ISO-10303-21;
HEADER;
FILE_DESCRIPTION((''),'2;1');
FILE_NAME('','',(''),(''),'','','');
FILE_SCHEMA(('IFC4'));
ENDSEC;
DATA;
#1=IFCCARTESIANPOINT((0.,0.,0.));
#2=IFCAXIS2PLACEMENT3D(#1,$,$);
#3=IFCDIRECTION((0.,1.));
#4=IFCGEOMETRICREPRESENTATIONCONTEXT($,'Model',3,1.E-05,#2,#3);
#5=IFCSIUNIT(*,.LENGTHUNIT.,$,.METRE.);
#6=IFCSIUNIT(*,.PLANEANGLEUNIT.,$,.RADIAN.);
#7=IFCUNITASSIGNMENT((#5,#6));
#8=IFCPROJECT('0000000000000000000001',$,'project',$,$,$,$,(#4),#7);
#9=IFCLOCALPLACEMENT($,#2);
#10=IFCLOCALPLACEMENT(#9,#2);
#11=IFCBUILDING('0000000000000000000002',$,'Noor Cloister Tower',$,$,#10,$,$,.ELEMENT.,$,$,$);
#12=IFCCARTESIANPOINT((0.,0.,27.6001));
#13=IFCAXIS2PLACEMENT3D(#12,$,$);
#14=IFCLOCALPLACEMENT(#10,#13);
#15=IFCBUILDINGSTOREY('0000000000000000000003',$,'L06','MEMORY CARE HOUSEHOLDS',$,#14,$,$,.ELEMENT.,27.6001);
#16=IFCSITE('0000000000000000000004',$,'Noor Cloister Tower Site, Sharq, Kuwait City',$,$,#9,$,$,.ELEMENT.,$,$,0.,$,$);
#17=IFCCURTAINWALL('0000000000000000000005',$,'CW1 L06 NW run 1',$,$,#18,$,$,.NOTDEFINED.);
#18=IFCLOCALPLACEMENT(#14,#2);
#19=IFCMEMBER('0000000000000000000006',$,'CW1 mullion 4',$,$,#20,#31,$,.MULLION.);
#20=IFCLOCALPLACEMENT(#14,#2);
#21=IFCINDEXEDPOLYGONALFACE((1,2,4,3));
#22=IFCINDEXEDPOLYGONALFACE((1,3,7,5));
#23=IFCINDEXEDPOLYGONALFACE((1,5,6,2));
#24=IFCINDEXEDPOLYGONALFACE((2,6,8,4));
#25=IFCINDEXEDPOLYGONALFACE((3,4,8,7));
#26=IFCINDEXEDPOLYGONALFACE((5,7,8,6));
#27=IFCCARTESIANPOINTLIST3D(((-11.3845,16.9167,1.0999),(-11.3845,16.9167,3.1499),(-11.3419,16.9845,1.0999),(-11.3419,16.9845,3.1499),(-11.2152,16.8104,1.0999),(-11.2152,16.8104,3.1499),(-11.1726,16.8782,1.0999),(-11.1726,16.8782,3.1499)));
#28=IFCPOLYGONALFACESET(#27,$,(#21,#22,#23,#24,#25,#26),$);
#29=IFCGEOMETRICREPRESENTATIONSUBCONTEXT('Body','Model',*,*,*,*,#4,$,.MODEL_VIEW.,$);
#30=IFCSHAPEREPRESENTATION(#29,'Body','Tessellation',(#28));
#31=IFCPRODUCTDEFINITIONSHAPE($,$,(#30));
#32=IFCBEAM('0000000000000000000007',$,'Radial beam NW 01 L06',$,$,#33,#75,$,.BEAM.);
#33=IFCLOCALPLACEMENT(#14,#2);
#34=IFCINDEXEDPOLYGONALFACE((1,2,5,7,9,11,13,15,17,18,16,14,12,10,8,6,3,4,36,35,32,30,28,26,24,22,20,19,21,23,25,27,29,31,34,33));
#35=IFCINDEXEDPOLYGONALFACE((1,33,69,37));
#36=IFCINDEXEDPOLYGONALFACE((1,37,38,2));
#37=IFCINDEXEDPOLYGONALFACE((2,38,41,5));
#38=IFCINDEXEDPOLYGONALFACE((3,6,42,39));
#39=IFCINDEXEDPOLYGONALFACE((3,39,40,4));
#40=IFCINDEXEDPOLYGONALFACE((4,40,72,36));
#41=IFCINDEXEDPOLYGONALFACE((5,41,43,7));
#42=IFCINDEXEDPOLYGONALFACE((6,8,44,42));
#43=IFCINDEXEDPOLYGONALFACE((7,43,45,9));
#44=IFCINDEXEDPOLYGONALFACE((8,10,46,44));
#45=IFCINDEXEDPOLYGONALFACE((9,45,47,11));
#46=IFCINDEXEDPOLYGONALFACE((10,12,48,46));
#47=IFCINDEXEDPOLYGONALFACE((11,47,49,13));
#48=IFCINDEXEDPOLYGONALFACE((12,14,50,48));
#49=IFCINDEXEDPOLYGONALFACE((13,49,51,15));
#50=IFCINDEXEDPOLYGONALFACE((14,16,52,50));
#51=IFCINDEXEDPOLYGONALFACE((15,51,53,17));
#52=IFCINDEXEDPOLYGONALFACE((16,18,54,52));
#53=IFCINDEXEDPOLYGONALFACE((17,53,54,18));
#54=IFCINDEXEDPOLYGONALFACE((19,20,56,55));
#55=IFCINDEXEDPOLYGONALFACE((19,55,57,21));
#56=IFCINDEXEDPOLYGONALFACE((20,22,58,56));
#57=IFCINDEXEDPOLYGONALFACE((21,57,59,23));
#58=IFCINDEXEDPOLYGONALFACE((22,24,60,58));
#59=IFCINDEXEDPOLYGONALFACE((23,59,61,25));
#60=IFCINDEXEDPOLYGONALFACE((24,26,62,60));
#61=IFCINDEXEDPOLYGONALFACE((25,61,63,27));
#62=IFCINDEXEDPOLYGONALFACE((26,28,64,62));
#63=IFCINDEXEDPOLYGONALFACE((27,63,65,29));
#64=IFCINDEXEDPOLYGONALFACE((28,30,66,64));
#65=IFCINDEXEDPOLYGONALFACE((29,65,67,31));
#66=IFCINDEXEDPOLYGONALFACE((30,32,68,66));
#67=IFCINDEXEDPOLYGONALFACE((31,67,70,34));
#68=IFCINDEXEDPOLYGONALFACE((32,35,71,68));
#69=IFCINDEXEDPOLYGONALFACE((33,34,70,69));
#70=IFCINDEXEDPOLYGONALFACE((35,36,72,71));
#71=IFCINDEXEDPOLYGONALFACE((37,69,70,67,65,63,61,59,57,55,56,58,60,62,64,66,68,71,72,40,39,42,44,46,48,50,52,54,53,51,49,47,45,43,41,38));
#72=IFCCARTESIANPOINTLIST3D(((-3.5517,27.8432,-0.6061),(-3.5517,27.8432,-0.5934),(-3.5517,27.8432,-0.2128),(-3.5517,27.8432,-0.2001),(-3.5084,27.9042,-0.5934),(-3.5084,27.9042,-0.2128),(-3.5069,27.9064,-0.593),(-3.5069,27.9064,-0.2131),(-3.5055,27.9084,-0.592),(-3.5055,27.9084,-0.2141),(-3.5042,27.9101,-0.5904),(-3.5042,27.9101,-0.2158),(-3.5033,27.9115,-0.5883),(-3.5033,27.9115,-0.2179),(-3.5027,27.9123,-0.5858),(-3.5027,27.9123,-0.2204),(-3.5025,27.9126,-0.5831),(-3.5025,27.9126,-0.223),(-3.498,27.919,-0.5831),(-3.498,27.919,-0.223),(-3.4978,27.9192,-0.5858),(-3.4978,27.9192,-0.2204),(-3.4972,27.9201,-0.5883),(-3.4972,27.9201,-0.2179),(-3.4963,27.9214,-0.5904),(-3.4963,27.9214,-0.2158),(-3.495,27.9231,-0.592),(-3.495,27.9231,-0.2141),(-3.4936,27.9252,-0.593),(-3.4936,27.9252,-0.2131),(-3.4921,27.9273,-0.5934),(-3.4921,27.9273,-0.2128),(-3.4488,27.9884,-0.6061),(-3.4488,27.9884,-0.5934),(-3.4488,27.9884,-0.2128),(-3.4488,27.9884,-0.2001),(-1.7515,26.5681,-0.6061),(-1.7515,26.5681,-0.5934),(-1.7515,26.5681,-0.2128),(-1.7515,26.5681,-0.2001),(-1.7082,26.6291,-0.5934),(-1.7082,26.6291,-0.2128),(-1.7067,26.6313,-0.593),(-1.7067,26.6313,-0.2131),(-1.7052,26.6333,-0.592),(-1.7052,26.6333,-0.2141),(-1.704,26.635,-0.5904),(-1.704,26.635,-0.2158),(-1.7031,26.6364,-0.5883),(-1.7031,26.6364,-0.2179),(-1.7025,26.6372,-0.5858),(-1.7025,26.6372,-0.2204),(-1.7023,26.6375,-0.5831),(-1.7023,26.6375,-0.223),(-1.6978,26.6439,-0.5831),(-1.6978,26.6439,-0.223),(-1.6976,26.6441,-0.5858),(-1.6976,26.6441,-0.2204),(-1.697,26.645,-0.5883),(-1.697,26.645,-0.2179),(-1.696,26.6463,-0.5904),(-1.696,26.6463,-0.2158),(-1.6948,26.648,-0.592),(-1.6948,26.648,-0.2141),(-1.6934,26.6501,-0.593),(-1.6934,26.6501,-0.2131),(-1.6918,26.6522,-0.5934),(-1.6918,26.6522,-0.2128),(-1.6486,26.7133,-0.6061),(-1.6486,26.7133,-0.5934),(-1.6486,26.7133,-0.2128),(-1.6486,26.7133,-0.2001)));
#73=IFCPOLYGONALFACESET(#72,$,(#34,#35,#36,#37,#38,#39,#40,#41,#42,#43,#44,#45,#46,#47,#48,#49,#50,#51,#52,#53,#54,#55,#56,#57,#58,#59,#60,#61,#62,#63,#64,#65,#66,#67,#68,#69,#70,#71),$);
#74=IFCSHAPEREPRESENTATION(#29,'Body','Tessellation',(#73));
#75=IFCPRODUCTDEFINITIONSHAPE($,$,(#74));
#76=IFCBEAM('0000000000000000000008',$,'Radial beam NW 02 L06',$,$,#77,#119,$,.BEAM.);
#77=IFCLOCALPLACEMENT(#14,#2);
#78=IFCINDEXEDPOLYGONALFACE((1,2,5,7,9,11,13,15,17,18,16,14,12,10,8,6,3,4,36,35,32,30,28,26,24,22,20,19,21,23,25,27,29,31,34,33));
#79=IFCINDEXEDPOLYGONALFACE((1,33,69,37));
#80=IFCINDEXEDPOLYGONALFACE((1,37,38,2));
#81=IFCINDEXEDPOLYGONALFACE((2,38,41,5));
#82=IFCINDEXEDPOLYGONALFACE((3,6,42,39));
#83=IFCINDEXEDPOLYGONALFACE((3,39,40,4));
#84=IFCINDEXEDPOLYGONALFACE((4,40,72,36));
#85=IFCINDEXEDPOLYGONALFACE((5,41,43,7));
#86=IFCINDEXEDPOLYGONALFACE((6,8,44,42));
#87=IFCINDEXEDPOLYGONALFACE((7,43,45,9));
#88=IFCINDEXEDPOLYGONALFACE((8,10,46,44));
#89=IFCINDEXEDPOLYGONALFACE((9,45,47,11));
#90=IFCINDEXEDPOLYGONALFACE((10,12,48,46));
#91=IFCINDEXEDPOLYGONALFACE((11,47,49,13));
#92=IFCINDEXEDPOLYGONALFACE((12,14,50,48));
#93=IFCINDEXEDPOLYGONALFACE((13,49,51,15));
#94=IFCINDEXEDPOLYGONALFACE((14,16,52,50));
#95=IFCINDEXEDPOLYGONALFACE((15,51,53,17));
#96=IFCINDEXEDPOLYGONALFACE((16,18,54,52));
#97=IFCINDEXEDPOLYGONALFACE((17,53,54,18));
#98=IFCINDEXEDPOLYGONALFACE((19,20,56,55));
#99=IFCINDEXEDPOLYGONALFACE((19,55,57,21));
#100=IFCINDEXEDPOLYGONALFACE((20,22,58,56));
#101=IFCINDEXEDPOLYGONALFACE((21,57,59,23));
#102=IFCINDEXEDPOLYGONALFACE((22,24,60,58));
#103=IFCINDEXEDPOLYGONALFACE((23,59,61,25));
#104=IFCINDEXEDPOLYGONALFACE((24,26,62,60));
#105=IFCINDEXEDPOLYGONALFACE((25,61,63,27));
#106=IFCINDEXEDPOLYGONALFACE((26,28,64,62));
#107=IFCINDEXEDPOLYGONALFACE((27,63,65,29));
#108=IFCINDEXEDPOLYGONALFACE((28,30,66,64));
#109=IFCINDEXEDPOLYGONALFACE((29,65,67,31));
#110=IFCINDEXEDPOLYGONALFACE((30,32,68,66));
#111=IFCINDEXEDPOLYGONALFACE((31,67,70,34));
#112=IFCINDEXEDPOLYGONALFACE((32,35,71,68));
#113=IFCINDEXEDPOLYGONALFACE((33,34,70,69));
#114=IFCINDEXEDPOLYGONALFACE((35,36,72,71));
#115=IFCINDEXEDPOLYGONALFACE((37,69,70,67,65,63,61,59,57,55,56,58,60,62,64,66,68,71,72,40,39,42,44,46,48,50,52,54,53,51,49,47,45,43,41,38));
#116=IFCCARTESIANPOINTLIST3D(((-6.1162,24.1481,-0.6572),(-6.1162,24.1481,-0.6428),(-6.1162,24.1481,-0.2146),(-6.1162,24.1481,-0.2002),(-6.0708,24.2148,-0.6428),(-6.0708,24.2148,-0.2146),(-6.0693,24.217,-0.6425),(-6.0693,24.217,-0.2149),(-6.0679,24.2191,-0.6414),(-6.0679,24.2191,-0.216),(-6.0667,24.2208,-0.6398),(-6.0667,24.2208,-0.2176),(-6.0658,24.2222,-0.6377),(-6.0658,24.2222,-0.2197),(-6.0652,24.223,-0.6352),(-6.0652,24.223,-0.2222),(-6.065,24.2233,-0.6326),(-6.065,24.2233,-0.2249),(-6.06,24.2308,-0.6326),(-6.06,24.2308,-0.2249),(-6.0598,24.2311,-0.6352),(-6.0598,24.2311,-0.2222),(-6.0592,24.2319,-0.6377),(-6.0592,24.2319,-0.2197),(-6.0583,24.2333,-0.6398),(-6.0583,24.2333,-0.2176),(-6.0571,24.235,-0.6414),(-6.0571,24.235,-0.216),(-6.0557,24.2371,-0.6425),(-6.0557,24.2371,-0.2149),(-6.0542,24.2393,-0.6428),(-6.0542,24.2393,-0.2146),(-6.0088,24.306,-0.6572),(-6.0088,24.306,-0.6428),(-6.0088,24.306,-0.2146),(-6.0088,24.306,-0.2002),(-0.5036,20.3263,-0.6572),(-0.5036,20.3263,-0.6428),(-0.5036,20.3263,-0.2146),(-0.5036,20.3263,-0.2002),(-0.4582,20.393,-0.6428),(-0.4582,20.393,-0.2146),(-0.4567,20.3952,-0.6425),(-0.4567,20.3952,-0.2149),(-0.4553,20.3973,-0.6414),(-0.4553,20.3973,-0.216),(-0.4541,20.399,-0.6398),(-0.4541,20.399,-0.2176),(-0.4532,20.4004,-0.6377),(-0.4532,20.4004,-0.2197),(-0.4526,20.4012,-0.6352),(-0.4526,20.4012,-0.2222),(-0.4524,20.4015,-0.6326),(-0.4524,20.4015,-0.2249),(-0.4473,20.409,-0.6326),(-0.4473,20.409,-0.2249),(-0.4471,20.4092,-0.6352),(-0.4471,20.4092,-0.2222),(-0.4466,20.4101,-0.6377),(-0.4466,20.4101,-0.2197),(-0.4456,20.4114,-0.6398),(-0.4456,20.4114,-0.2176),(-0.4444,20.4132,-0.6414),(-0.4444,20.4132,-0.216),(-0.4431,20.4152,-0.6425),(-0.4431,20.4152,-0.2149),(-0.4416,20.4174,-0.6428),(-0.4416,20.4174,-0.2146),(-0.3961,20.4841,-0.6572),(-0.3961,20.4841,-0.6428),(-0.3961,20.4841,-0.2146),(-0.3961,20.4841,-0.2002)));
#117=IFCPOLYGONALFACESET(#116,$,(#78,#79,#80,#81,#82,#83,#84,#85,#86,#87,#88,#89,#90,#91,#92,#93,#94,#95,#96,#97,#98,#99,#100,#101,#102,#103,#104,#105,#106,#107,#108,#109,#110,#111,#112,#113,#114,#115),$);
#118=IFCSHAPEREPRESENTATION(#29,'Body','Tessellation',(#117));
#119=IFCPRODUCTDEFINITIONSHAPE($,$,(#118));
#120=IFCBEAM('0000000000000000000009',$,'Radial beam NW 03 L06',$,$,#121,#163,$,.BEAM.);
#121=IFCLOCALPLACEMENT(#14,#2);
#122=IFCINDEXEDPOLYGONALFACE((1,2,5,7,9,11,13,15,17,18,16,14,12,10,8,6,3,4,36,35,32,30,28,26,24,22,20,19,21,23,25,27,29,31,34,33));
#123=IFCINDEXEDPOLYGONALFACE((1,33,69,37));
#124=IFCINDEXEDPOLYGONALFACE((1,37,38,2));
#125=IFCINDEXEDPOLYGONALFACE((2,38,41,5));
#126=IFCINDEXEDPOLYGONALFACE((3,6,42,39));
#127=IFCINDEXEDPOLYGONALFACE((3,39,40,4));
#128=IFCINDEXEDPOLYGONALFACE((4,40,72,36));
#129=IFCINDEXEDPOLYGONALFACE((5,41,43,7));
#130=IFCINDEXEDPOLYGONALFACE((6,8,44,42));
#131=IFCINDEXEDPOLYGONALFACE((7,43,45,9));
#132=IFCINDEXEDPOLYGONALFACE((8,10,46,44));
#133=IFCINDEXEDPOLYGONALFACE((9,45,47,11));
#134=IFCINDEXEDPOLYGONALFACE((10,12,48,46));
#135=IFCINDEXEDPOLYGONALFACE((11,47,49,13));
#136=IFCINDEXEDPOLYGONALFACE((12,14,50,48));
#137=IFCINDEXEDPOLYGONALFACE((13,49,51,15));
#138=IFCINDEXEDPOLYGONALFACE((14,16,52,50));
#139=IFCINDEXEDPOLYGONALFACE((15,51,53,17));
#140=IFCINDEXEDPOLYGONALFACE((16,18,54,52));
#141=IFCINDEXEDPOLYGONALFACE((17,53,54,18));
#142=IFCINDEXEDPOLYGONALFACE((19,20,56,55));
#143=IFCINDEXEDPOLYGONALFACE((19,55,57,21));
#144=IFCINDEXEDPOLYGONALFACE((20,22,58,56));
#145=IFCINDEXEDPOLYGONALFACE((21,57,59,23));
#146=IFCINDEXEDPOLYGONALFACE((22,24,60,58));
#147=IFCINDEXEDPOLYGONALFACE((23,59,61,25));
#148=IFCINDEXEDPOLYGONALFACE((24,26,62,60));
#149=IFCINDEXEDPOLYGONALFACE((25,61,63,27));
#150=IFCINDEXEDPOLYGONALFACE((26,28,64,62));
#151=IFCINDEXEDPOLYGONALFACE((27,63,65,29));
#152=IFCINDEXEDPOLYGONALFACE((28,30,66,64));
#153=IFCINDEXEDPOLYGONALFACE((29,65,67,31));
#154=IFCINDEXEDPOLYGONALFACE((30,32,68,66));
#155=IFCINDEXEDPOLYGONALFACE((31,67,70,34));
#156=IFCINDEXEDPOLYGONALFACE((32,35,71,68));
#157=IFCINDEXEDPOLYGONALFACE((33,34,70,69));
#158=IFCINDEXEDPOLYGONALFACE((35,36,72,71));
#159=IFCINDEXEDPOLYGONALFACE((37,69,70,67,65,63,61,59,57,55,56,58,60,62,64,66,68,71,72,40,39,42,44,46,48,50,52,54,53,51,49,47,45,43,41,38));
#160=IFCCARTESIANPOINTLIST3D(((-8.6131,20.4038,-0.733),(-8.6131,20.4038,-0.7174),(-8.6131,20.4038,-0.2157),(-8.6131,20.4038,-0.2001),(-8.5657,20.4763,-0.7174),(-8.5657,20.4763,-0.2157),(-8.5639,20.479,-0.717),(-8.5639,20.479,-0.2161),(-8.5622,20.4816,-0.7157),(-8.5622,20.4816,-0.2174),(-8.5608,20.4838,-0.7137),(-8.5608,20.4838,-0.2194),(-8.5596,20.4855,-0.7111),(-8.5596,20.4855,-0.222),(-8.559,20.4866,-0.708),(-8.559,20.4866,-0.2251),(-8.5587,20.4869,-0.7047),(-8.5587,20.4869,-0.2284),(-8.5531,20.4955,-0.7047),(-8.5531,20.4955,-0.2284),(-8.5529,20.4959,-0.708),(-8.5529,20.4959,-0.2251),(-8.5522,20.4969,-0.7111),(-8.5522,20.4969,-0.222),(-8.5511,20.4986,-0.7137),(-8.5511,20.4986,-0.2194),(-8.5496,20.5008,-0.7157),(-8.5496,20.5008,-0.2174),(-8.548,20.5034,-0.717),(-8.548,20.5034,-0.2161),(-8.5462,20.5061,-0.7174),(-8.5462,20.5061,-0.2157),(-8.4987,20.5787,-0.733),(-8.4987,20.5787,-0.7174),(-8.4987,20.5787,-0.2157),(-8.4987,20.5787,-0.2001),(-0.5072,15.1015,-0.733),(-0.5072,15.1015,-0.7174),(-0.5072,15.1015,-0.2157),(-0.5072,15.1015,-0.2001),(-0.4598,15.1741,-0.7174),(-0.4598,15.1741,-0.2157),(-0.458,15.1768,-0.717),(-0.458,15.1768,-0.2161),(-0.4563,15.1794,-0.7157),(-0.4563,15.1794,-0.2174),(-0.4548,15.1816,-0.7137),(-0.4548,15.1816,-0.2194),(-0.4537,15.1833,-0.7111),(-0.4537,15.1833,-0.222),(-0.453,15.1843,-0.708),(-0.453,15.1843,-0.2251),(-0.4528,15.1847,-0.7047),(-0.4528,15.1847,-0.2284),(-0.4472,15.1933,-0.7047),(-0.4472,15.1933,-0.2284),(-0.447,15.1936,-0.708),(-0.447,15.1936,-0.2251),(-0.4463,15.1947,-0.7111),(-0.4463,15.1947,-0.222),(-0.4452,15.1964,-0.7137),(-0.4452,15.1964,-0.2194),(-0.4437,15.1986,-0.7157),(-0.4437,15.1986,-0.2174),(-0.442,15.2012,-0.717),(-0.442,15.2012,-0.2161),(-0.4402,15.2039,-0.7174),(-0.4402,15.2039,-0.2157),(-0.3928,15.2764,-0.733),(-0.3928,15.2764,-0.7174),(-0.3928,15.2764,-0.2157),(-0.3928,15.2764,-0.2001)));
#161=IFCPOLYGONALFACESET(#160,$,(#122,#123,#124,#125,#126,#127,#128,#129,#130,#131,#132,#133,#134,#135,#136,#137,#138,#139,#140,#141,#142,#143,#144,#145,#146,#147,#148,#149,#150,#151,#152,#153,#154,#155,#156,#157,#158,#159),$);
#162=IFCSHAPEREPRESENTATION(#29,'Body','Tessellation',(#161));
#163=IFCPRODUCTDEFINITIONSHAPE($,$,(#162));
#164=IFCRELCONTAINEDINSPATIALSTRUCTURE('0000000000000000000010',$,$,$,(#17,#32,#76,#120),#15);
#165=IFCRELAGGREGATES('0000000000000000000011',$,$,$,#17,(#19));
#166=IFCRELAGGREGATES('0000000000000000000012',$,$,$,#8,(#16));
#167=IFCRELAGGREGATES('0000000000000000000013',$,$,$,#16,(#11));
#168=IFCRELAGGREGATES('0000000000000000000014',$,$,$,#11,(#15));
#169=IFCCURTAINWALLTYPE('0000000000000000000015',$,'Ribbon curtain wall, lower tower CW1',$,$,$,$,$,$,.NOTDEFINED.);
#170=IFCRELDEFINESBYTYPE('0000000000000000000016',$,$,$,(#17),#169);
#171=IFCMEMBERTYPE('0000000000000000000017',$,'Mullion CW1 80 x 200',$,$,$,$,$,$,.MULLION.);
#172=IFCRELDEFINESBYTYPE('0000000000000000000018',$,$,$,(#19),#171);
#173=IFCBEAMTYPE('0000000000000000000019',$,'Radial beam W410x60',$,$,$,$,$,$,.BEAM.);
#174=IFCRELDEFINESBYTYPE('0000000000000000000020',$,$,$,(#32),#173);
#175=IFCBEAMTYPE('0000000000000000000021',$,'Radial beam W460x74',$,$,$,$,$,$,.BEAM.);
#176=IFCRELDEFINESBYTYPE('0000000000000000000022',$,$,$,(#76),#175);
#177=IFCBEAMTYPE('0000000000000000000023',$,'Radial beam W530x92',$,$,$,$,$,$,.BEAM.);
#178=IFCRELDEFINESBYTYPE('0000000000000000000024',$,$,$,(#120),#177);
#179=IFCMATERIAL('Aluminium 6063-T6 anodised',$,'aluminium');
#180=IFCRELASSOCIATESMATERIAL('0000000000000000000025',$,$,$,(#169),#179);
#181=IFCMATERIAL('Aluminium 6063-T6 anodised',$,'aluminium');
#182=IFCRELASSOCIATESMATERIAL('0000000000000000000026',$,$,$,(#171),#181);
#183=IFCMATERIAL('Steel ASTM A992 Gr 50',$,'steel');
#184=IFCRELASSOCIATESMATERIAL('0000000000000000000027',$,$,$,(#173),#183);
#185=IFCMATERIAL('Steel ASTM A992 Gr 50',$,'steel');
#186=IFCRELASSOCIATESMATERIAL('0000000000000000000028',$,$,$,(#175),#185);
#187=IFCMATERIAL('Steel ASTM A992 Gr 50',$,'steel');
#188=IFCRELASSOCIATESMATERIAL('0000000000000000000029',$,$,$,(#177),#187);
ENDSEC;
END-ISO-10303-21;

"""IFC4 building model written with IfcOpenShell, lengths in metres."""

from ifc_helpers import new_model, si_unit, direction, frame, origin, origin_2d, place, context, subcontext, project, spatial, rectangle, i_section, extrude, material, material_profile, profile_set, type_object, element, aggregate, save


model = new_model("IFC4")

# Units and contexts
model_context = context("Model", 3, precision=1e-05, world=origin(), true_north=direction((0.0, 1.0)))
body_context = subcontext(model_context, "Body", "Model", "MODEL_VIEW")
ifc_project = project(units=[si_unit("LENGTHUNIT", "METRE"), si_unit("PLANEANGLEUNIT", "RADIAN")], contexts=[model_context])

# Site, building, storey
site_placement = place(None, origin())
site = spatial("IfcSite", under=ifc_project, at=site_placement, Name="Noor Cloister Tower Site, Sharq, Kuwait City", CompositionType="ELEMENT", RefElevation=0.0)
building_placement = place(site_placement, origin())
building = spatial("IfcBuilding", under=site, at=building_placement, Name="Noor Cloister Tower", CompositionType="ELEMENT")
storey_placement = place(building_placement, frame((0.0, 0.0, 27.6001)))
storey = spatial("IfcBuildingStorey", under=building, at=storey_placement, Name="L06", Description="MEMORY CARE HOUSEHOLDS", CompositionType="ELEMENT", Elevation=27.6001)

# Curtain wall, member
ifc_material_1 = material(Name="Aluminium 6063-T6 anodised", Category="aluminium")
curtain_wall_type = type_object("IfcCurtainWallType", Name="Ribbon curtain wall, lower tower CW1", PredefinedType="NOTDEFINED", material=ifc_material_1)
curtain_wall_placement = place(storey_placement, origin())
curtain_wall = element("IfcCurtainWall", 1, at=curtain_wall_placement, inside=storey, type_object=curtain_wall_type, Name="CW1 L06 NW run 1", PredefinedType="NOTDEFINED")
ifc_material_2 = material(Name="Aluminium 6063-T6 anodised", Category="aluminium")
ifc_material_profile_1 = material_profile(ifc_material_2, rectangle(XDim=0.2, YDim=0.0801, at=origin_2d()), Name="200 x 80 mullion")
ifc_profile_set_1 = profile_set([ifc_material_profile_1], Name="Aluminium 6063-T6 anodised")
member_type = type_object("IfcMemberType", Name="Mullion CW1 80 x 200", PredefinedType="MULLION", material=ifc_profile_set_1)
member_1_placement = place(storey_placement, frame((-11.2786, 16.8975, 1.0999), z_axis=(0.0, 0.0, 1.0), x_axis=(0.84688, -0.531785, 0.0)))
member_1 = element("IfcMember", 2, at=member_1_placement, type_object=member_type, Name="CW1 mullion 4", PredefinedType="MULLION", context=body_context, shape_type="SweptSolid", body=[
    extrude(rectangle(XDim=0.2, YDim=0.0801, at=origin_2d()), origin(), (0.0, 0.0, 1.0), 2.05),
])

# Beams
ifc_material_3 = material(Name="Steel ASTM A992 Gr 50", Category="steel")
ifc_material_profile_2 = material_profile(ifc_material_3, i_section(OverallWidth=0.178, OverallDepth=0.406, WebThickness=0.0078, FlangeThickness=0.0127, FilletRadius=0.0103, at=origin_2d()), Name="W410x60")
ifc_profile_set_2 = profile_set([ifc_material_profile_2], Name="Steel ASTM A992 Gr 50")
beam_type_1 = type_object("IfcBeamType", Name="Radial beam W410x60", PredefinedType="BEAM", material=ifc_profile_set_2)
beam_1_placement = place(storey_placement, frame((-3.5002, 27.9158, -0.4031), z_axis=(0.816038, -0.577999, 0.0), x_axis=(0.577999, 0.816038, 0.0)))
element("IfcBeam", 3, at=beam_1_placement, inside=storey, type_object=beam_type_1, Name="Radial beam NW 01 L06", PredefinedType="BEAM", context=body_context, shape_type="SweptSolid", body=[
    extrude(i_section(OverallWidth=0.178, OverallDepth=0.406, WebThickness=0.0078, FlangeThickness=0.0127, FilletRadius=0.0103, at=origin_2d()), origin(), (0.0, 0.0, 1.0), 2.2061),
])
ifc_material_4 = material(Name="Steel ASTM A992 Gr 50", Category="steel")
ifc_material_profile_3 = material_profile(ifc_material_4, i_section(OverallWidth=0.1909, OverallDepth=0.457, WebThickness=0.009, FlangeThickness=0.0144, FilletRadius=0.0103, at=origin_2d()), Name="W460x74")
ifc_profile_set_3 = profile_set([ifc_material_profile_3], Name="Steel ASTM A992 Gr 50")
beam_type_2 = type_object("IfcBeamType", Name="Radial beam W460x74", PredefinedType="BEAM", material=ifc_profile_set_3)
beam_2_placement = place(storey_placement, frame((-6.0625, 24.2271, -0.4287), z_axis=(0.826567, -0.562838, 0.0), x_axis=(0.562838, 0.826567, 0.0)))
element("IfcBeam", 4, at=beam_2_placement, inside=storey, type_object=beam_type_2, Name="Radial beam NW 02 L06", PredefinedType="BEAM", context=body_context, shape_type="SweptSolid", body=[
    extrude(i_section(OverallWidth=0.1909, OverallDepth=0.457, WebThickness=0.009, FlangeThickness=0.0144, FilletRadius=0.0103, at=origin_2d()), origin(), (0.0, 0.0, 1.0), 6.7903),
])
ifc_material_5 = material(Name="Steel ASTM A992 Gr 50", Category="steel")
ifc_material_profile_4 = material_profile(ifc_material_5, i_section(OverallWidth=0.209, OverallDepth=0.533, WebThickness=0.0103, FlangeThickness=0.0156, FilletRadius=0.0127, at=origin_2d()), Name="W530x92")
ifc_profile_set_4 = profile_set([ifc_material_profile_4], Name="Steel ASTM A992 Gr 50")
beam_type_3 = type_object("IfcBeamType", Name="Radial beam W530x92", PredefinedType="BEAM", material=ifc_profile_set_4)
beam_3_placement = place(storey_placement, frame((-8.5559, 20.4912, -0.4666), z_axis=(0.836866, -0.547408, 0.0), x_axis=(0.547408, 0.836866, 0.0)))
element("IfcBeam", 5, at=beam_3_placement, inside=storey, type_object=beam_type_3, Name="Radial beam NW 03 L06", PredefinedType="BEAM", context=body_context, shape_type="SweptSolid", body=[
    extrude(i_section(OverallWidth=0.209, OverallDepth=0.533, WebThickness=0.0103, FlangeThickness=0.0156, FilletRadius=0.0127, at=origin_2d()), origin(), (0.0, 0.0, 1.0), 9.686),
])

aggregate(curtain_wall, [member_1])

save(model, "model.ifc")
